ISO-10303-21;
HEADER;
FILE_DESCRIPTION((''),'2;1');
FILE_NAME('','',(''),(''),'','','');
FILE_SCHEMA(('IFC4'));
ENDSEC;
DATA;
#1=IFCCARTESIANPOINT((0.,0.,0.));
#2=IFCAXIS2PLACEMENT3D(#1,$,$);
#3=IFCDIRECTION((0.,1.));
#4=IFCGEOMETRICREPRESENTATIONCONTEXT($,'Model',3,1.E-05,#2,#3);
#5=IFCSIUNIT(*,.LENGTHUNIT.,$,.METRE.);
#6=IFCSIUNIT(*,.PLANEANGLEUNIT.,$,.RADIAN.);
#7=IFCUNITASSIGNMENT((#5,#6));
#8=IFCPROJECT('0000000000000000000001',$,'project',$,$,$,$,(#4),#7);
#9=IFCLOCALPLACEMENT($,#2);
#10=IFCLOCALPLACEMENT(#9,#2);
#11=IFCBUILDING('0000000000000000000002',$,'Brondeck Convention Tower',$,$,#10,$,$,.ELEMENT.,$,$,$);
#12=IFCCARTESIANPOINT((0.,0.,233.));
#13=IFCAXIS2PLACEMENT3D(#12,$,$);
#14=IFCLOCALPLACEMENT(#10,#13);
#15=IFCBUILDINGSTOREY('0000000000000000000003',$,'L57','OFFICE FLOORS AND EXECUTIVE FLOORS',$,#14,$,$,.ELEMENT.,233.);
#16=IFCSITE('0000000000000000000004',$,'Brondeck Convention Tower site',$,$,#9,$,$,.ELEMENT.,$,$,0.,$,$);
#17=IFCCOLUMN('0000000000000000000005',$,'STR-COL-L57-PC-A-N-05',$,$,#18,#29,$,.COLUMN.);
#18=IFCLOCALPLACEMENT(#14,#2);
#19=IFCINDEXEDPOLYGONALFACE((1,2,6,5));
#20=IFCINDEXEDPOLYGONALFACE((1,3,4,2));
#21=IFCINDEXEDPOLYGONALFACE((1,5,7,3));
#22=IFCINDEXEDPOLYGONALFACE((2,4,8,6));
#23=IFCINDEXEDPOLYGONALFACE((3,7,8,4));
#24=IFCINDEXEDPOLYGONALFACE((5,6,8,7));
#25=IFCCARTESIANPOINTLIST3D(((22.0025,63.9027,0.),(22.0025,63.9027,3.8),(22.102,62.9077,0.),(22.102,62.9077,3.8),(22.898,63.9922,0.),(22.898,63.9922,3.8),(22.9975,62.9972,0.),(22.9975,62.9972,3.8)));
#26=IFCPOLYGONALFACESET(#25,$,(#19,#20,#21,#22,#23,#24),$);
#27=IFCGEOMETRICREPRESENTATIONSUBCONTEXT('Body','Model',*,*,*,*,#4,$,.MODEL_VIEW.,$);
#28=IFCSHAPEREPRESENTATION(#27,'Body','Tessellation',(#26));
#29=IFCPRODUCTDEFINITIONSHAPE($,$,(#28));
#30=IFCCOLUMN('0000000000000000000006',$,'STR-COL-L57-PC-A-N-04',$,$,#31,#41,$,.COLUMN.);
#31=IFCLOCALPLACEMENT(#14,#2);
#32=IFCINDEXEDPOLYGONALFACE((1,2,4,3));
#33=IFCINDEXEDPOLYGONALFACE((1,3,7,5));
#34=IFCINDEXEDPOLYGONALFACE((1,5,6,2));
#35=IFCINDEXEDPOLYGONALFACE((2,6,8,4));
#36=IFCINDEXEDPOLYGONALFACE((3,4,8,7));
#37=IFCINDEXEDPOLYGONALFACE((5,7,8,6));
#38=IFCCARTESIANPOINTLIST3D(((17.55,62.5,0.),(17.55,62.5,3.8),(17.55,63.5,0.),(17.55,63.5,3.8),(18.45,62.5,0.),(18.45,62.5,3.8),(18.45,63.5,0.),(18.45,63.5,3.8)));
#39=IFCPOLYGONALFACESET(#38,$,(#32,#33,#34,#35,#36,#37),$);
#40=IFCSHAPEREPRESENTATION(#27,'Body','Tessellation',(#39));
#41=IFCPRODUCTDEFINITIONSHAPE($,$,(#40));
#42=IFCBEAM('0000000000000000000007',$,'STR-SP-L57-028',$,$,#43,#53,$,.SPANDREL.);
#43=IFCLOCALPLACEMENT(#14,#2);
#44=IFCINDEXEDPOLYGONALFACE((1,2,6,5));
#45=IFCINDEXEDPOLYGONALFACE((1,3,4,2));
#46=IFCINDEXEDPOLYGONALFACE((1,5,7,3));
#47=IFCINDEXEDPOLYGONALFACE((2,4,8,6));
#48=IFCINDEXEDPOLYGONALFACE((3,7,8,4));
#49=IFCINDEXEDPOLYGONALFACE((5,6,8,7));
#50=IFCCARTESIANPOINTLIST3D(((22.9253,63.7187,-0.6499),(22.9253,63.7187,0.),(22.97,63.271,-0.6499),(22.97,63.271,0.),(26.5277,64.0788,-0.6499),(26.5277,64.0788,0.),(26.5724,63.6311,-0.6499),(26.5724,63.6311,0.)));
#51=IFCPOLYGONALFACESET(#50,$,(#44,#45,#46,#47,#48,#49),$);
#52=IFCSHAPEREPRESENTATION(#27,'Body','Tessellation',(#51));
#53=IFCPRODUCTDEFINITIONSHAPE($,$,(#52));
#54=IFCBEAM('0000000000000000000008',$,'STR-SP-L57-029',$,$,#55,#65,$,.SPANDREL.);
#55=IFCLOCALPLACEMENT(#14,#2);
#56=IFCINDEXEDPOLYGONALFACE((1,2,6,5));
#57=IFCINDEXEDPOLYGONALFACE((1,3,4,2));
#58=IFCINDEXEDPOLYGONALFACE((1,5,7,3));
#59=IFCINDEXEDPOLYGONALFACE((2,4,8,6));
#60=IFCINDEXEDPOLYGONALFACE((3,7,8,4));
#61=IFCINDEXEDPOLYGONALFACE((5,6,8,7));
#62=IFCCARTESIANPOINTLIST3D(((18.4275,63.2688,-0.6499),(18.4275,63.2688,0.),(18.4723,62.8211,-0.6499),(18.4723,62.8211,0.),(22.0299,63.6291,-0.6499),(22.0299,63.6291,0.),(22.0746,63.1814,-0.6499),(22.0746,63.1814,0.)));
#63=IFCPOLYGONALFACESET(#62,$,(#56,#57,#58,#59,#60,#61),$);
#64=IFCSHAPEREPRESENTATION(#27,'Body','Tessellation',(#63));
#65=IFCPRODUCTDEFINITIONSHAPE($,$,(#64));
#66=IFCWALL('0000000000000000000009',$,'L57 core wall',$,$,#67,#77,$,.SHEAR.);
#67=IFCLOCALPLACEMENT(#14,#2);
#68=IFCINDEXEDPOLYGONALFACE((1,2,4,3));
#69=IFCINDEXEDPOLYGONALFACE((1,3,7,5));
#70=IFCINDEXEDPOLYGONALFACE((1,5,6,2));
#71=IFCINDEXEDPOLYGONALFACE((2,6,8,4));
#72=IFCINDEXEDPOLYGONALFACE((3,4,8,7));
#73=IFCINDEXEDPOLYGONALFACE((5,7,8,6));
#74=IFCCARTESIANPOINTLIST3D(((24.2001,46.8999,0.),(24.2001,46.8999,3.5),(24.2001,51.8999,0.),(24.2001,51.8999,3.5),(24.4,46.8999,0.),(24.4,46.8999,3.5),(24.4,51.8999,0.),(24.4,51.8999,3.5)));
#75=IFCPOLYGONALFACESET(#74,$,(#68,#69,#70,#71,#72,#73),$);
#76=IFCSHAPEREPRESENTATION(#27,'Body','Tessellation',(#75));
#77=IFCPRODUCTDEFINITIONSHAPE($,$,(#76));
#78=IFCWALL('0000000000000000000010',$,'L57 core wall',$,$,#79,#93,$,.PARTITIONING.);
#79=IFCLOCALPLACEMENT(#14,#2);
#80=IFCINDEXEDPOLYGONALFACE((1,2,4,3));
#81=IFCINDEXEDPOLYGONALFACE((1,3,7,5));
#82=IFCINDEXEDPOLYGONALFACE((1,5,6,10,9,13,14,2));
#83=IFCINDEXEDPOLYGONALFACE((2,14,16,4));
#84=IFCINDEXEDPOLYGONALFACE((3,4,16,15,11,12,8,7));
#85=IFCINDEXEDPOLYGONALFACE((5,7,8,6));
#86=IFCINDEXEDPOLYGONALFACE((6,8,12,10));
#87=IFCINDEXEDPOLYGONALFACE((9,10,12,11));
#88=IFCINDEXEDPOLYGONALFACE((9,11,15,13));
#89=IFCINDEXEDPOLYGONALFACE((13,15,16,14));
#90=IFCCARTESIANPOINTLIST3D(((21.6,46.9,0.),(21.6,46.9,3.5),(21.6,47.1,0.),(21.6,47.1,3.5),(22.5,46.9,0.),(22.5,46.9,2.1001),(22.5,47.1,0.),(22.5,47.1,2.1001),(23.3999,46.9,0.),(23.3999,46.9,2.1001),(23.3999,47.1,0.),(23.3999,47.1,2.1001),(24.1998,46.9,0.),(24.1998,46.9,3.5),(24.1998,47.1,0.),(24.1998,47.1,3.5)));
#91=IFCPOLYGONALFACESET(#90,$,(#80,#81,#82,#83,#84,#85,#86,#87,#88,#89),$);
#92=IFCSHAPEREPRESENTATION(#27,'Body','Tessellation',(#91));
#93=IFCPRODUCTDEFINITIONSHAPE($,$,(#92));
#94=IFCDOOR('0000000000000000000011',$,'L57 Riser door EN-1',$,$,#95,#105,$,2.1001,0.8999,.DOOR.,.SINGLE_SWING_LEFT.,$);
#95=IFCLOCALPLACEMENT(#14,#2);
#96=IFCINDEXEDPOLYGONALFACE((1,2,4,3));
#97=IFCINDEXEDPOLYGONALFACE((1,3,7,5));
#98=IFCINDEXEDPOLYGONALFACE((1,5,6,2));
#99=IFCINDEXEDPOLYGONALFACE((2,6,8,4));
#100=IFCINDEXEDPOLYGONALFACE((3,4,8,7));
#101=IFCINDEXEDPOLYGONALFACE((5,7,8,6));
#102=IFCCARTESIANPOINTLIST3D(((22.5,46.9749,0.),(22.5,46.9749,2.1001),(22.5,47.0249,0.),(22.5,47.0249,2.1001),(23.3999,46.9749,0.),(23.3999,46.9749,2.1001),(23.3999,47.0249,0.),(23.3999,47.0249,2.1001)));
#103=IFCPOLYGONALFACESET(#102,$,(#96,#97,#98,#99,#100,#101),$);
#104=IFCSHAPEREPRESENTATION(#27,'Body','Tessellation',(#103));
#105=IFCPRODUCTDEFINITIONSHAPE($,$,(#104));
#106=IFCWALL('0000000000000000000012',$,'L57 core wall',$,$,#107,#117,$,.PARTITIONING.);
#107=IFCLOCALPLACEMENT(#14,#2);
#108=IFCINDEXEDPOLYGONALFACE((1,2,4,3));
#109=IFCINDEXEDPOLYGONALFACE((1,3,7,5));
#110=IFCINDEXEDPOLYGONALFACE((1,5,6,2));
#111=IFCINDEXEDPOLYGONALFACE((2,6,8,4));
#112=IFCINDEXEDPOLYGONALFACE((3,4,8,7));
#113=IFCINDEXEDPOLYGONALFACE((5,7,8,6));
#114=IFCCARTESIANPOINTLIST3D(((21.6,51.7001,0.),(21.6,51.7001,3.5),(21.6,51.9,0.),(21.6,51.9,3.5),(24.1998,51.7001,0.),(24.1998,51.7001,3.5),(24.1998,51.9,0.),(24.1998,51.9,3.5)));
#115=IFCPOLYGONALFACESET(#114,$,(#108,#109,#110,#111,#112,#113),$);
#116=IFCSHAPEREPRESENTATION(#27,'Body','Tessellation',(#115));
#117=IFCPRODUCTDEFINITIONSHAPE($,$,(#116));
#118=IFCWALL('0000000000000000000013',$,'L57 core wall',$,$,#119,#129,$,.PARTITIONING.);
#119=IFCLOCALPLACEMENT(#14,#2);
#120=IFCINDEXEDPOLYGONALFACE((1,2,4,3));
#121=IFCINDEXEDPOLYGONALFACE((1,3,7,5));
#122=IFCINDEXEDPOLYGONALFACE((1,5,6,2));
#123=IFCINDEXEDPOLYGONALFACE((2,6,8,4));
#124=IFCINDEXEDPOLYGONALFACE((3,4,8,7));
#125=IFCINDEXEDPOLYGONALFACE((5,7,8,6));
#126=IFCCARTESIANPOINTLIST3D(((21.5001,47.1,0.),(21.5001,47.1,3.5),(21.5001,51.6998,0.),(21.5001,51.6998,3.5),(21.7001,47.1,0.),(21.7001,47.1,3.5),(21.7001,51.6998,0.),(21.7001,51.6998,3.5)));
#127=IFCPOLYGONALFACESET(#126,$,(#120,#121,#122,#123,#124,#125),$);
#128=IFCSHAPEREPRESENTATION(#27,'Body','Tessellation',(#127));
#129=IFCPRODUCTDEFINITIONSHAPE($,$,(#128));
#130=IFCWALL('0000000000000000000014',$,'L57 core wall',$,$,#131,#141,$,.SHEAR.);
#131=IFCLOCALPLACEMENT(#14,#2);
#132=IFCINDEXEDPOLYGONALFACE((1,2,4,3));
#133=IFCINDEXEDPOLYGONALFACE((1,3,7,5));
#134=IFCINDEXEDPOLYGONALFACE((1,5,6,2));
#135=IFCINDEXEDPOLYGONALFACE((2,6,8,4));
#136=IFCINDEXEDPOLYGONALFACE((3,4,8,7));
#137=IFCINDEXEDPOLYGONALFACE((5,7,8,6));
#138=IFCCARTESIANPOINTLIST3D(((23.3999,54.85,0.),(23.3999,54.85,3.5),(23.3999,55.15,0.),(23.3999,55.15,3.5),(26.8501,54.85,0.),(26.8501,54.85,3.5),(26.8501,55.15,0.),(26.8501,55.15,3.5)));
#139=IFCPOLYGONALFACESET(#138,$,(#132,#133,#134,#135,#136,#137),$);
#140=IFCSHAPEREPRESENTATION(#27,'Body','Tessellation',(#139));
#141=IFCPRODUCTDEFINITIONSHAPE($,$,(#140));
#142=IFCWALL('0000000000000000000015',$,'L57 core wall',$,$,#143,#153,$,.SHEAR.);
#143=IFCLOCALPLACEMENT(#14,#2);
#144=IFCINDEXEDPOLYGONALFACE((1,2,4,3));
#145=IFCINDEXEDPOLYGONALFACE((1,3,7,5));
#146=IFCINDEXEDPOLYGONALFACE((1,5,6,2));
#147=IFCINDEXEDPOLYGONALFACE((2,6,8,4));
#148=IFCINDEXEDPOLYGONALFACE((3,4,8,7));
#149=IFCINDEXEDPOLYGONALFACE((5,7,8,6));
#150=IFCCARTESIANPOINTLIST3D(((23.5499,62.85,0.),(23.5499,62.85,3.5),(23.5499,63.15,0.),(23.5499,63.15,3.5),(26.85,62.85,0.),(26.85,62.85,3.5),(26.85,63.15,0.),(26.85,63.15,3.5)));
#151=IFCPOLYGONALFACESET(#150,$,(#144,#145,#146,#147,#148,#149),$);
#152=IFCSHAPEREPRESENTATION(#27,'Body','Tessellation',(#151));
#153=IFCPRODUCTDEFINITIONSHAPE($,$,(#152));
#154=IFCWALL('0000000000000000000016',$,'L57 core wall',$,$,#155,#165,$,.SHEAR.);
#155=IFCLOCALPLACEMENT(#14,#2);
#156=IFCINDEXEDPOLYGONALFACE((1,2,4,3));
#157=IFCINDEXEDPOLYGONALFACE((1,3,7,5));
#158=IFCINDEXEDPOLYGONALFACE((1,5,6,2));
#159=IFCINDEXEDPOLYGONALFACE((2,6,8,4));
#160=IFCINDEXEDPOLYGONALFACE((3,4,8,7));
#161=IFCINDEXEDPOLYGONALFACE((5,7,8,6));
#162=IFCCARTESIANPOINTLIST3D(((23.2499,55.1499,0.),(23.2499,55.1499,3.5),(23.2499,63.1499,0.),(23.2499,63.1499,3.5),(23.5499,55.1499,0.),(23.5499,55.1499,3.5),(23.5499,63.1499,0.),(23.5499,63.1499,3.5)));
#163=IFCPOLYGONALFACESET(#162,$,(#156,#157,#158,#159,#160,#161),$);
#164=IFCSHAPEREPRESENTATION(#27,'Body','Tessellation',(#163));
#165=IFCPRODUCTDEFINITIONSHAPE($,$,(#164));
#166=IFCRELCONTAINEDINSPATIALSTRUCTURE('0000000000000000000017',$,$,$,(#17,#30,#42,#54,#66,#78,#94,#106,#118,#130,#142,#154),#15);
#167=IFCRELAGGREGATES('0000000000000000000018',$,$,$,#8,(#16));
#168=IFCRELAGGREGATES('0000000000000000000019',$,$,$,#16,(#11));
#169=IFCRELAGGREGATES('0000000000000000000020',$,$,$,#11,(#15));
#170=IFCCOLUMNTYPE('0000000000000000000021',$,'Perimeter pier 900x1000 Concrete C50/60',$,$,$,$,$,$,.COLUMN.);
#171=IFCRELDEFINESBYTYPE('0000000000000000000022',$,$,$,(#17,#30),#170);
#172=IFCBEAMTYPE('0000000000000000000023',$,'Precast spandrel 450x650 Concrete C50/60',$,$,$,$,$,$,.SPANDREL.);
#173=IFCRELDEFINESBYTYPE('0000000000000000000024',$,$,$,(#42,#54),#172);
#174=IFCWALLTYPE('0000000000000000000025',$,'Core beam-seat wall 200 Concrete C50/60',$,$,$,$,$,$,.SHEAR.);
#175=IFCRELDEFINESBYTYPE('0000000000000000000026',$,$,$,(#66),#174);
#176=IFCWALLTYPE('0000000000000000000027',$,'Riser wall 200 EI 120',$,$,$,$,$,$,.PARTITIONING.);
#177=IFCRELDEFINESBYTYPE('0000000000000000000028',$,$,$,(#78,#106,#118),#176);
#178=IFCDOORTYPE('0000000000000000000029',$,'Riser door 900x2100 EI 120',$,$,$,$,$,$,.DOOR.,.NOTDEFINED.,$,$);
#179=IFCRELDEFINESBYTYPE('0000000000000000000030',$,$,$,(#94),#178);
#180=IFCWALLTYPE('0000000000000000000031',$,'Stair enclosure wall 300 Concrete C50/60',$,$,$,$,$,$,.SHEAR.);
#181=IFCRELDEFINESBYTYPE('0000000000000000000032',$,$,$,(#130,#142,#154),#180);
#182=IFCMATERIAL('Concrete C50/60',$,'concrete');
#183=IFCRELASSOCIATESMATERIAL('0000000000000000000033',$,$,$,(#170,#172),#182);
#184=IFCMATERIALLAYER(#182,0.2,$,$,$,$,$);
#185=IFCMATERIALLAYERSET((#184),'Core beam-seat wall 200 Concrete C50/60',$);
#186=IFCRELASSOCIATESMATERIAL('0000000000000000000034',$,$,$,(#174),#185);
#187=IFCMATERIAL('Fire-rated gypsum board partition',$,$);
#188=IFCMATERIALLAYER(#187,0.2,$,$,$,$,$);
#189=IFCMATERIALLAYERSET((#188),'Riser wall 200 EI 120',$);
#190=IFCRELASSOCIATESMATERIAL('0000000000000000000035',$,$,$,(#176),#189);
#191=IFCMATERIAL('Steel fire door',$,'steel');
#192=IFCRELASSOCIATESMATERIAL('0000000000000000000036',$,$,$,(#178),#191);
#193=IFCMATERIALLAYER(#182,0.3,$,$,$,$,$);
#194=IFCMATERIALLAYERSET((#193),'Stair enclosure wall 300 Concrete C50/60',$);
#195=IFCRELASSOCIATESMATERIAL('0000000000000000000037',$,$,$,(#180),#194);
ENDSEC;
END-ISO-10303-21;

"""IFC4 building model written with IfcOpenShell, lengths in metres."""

from ifc_helpers import new_model, si_unit, direction, frame, frame_2d, origin, origin_2d, place, context, subcontext, project, spatial, rectangle, extrude, material, layer, layer_set, material_profile, profile_set, type_object, element, fill, save


model = new_model("IFC4")

# Units and contexts
model_context = context("Model", 3, precision=1e-05, world=origin(), true_north=direction((0.0, 1.0)))
body_context = subcontext(model_context, "Body", "Model", "MODEL_VIEW")
ifc_project = project(units=[si_unit("LENGTHUNIT", "METRE"), si_unit("PLANEANGLEUNIT", "RADIAN")], contexts=[model_context])

# Site, building, storey
site_placement = place(None, origin())
site = spatial("IfcSite", under=ifc_project, at=site_placement, Name="Brondeck Convention Tower site", CompositionType="ELEMENT", RefElevation=0.0)
building_placement = place(site_placement, origin())
building = spatial("IfcBuilding", under=site, at=building_placement, Name="Brondeck Convention Tower", CompositionType="ELEMENT")
storey_placement = place(building_placement, frame((0.0, 0.0, 233.0)))
storey = spatial("IfcBuildingStorey", under=building, at=storey_placement, Name="L57", Description="OFFICE FLOORS AND EXECUTIVE FLOORS", CompositionType="ELEMENT", Elevation=233.0)

# Columns
ifc_material_1 = material(Name="Concrete C50/60", Category="concrete")
ifc_material_profile_1 = material_profile(ifc_material_1, rectangle(XDim=0.8999, YDim=1.0, at=origin_2d()), Name="Perimeter pier 900x1000 Concrete C50/60")
ifc_profile_set_1 = profile_set([ifc_material_profile_1], Name="Concrete C50/60")
column_type = type_object("IfcColumnType", Name="Perimeter pier 900x1000 Concrete C50/60", PredefinedType="COLUMN", material=ifc_profile_set_1)
for number, where, z_axis, x_axis, name in (
    (1, (22.5, 63.45, 0.0), (0.0, 0.0, 1.0), (-0.995037, -0.099504, 0.0), "STR-COL-L57-PC-A-N-05"),
    (2, (18.0, 63.0, 0.0), (0.0, 0.0, 1.0), (-1.0, 0.0, 0.0), "STR-COL-L57-PC-A-N-04"),
):
    element("IfcColumn", number, at=place(storey_placement, frame(where, z_axis=z_axis, x_axis=x_axis)), inside=storey, type_object=column_type, Name=name, PredefinedType="COLUMN", context=body_context, shape_type="SweptSolid", body=[
        extrude(rectangle(XDim=0.8999, YDim=1.0, at=origin_2d()), origin(), (0.0, 0.0, 1.0), 3.8),
    ])

# Beams
ifc_material_profile_2 = material_profile(ifc_material_1, rectangle(XDim=0.45, YDim=0.6499, at=origin_2d()), Name="Precast spandrel 450x650 Concrete C50/60")
ifc_profile_set_2 = profile_set([ifc_material_profile_2], Name="Concrete C50/60")
beam_type = type_object("IfcBeamType", Name="Precast spandrel 450x650 Concrete C50/60", PredefinedType="SPANDREL", material=ifc_profile_set_2)
for number, where, z_axis, x_axis, name in (
    (3, (26.55, 63.855, -0.325), (-0.995041, -0.09947, 0.0), (0.09947, -0.995041, 0.0), "STR-SP-L57-028"),
    (4, (22.0522, 63.4053, -0.325), (-0.995034, -0.099537, 0.0), (0.099537, -0.995034, 0.0), "STR-SP-L57-029"),
):
    element("IfcBeam", number, at=place(storey_placement, frame(where, z_axis=z_axis, x_axis=x_axis)), inside=storey, type_object=beam_type, Name=name, PredefinedType="SPANDREL", context=body_context, shape_type="SweptSolid", body=[
        extrude(rectangle(XDim=0.45, YDim=0.6499, at=origin_2d()), origin(), (0.0, 0.0, 1.0), 3.6204),
    ])

# Wall
ifc_layer_1 = layer(ifc_material_1, 0.2)
ifc_layer_set_1 = layer_set([ifc_layer_1], Name="Core beam-seat wall 200 Concrete C50/60")
wall_type_1 = type_object("IfcWallType", Name="Core beam-seat wall 200 Concrete C50/60", PredefinedType="SHEAR", material=ifc_layer_set_1)
wall_1_placement = place(storey_placement, frame((24.3, 46.8999, 0.0), z_axis=(0.0, 0.0, 1.0), x_axis=(0.0, 1.0, 0.0)))
element("IfcWall", 5, at=wall_1_placement, inside=storey, type_object=wall_type_1, Name="L57 core wall", PredefinedType="SHEAR", context=body_context, shape_type="SweptSolid", body=[
    extrude(rectangle(XDim=5.0, YDim=0.2, at=frame_2d((2.5, 0.0))), origin(), (0.0, 0.0, 1.0), 3.5),
])

# Wall, opening, door
ifc_material_2 = material(Name="Fire-rated gypsum board partition")
ifc_layer_2 = layer(ifc_material_2, 0.2)
ifc_layer_set_2 = layer_set([ifc_layer_2], Name="Riser wall 200 EI 120")
wall_type_2 = type_object("IfcWallType", Name="Riser wall 200 EI 120", PredefinedType="PARTITIONING", material=ifc_layer_set_2)
wall_2_placement = place(storey_placement, frame((21.6001, 47.0, 0.0), z_axis=(0.0, 0.0, 1.0), x_axis=(1.0, 0.0, 0.0)))
wall_2 = element("IfcWall", 6, at=wall_2_placement, inside=storey, type_object=wall_type_2, Name="L57 core wall", PredefinedType="PARTITIONING", context=body_context, shape_type="SweptSolid", body=[
    extrude(rectangle(XDim=2.5999, YDim=0.2, at=frame_2d((1.2998, 0.0))), origin(), (0.0, 0.0, 1.0), 3.5),
])
opening_1_placement = place(wall_2_placement, frame((0.8999, 0.0, 0.0)))
opening_1 = element("IfcOpeningElement", 7, at=opening_1_placement, cuts=wall_2, PredefinedType="OPENING", context=body_context, shape_type="SweptSolid", body=[
    extrude(rectangle(XDim=0.8999, YDim=2.1001, at=frame_2d((0.45, 1.05))), frame((0.0, 0.1099, 0.0), z_axis=(0.0, -1.0, 0.0), x_axis=(1.0, 0.0, 0.0)), (0.0, 0.0, 1.0), 0.22),
])
ifc_material_3 = material(Name="Steel fire door", Category="steel")
door_type_1 = type_object("IfcDoorType", Name="Riser door 900x2100 EI 120", OperationType="NOTDEFINED", PredefinedType="DOOR", material=ifc_material_3)
door_1_placement = place(opening_1_placement, origin())
door_1 = element("IfcDoor", 8, at=door_1_placement, inside=storey, type_object=door_type_1, Name="L57 Riser door EN-1", OperationType="SINGLE_SWING_LEFT", OverallHeight=2.1001, OverallWidth=0.8999, PredefinedType="DOOR", context=body_context, shape_type="SweptSolid", body=[
    extrude(rectangle(XDim=0.8999, YDim=2.1001, at=frame_2d((0.45, 1.05))), frame((0.0, 0.0249, 0.0), z_axis=(0.0, -1.0, 0.0), x_axis=(1.0, 0.0, 0.0)), (0.0, 0.0, 1.0), 0.05),
])
fill(opening_1, door_1)

# Walls
wall_3_placement = place(storey_placement, frame((21.6001, 51.8, 0.0), z_axis=(0.0, 0.0, 1.0), x_axis=(1.0, 0.0, 0.0)))
element("IfcWall", 9, at=wall_3_placement, inside=storey, type_object=wall_type_2, Name="L57 core wall", PredefinedType="PARTITIONING", context=body_context, shape_type="SweptSolid", body=[
    extrude(rectangle(XDim=2.5999, YDim=0.2, at=frame_2d((1.2998, 0.0))), origin(), (0.0, 0.0, 1.0), 3.5),
])
wall_4_placement = place(storey_placement, frame((21.6001, 47.1001, 0.0), z_axis=(0.0, 0.0, 1.0), x_axis=(0.0, 1.0, 0.0)))
element("IfcWall", 10, at=wall_4_placement, inside=storey, type_object=wall_type_2, Name="L57 core wall", PredefinedType="PARTITIONING", context=body_context, shape_type="SweptSolid", body=[
    extrude(rectangle(XDim=4.5999, YDim=0.2, at=frame_2d((2.2998, 0.0))), origin(), (0.0, 0.0, 1.0), 3.5),
])
ifc_layer_3 = layer(ifc_material_1, 0.3)
ifc_layer_set_3 = layer_set([ifc_layer_3], Name="Stair enclosure wall 300 Concrete C50/60")
wall_type_3 = type_object("IfcWallType", Name="Stair enclosure wall 300 Concrete C50/60", PredefinedType="SHEAR", material=ifc_layer_set_3)
wall_5_placement = place(storey_placement, frame((23.3999, 55.0, 0.0), z_axis=(0.0, 0.0, 1.0), x_axis=(1.0, 0.0, 0.0)))
element("IfcWall", 11, at=wall_5_placement, inside=storey, type_object=wall_type_3, Name="L57 core wall", PredefinedType="SHEAR", context=body_context, shape_type="SweptSolid", body=[
    extrude(rectangle(XDim=3.4502, YDim=0.3, at=frame_2d((1.7251, 0.0))), origin(), (0.0, 0.0, 1.0), 3.5),
])
wall_6_placement = place(storey_placement, frame((23.55, 63.0, 0.0), z_axis=(0.0, 0.0, 1.0), x_axis=(1.0, 0.0, 0.0)))
element("IfcWall", 12, at=wall_6_placement, inside=storey, type_object=wall_type_3, Name="L57 core wall", PredefinedType="SHEAR", context=body_context, shape_type="SweptSolid", body=[
    extrude(rectangle(XDim=3.3, YDim=0.3, at=frame_2d((1.6499, 0.0))), origin(), (0.0, 0.0, 1.0), 3.5),
])
wall_7_placement = place(storey_placement, frame((23.3999, 55.1499, 0.0), z_axis=(0.0, 0.0, 1.0), x_axis=(0.0, 1.0, 0.0)))
element("IfcWall", 13, at=wall_7_placement, inside=storey, type_object=wall_type_3, Name="L57 core wall", PredefinedType="SHEAR", context=body_context, shape_type="SweptSolid", body=[
    extrude(rectangle(XDim=8.0, YDim=0.3, at=frame_2d((4.0, 0.0))), origin(), (0.0, 0.0, 1.0), 3.5),
])

save(model, "model.ifc")
